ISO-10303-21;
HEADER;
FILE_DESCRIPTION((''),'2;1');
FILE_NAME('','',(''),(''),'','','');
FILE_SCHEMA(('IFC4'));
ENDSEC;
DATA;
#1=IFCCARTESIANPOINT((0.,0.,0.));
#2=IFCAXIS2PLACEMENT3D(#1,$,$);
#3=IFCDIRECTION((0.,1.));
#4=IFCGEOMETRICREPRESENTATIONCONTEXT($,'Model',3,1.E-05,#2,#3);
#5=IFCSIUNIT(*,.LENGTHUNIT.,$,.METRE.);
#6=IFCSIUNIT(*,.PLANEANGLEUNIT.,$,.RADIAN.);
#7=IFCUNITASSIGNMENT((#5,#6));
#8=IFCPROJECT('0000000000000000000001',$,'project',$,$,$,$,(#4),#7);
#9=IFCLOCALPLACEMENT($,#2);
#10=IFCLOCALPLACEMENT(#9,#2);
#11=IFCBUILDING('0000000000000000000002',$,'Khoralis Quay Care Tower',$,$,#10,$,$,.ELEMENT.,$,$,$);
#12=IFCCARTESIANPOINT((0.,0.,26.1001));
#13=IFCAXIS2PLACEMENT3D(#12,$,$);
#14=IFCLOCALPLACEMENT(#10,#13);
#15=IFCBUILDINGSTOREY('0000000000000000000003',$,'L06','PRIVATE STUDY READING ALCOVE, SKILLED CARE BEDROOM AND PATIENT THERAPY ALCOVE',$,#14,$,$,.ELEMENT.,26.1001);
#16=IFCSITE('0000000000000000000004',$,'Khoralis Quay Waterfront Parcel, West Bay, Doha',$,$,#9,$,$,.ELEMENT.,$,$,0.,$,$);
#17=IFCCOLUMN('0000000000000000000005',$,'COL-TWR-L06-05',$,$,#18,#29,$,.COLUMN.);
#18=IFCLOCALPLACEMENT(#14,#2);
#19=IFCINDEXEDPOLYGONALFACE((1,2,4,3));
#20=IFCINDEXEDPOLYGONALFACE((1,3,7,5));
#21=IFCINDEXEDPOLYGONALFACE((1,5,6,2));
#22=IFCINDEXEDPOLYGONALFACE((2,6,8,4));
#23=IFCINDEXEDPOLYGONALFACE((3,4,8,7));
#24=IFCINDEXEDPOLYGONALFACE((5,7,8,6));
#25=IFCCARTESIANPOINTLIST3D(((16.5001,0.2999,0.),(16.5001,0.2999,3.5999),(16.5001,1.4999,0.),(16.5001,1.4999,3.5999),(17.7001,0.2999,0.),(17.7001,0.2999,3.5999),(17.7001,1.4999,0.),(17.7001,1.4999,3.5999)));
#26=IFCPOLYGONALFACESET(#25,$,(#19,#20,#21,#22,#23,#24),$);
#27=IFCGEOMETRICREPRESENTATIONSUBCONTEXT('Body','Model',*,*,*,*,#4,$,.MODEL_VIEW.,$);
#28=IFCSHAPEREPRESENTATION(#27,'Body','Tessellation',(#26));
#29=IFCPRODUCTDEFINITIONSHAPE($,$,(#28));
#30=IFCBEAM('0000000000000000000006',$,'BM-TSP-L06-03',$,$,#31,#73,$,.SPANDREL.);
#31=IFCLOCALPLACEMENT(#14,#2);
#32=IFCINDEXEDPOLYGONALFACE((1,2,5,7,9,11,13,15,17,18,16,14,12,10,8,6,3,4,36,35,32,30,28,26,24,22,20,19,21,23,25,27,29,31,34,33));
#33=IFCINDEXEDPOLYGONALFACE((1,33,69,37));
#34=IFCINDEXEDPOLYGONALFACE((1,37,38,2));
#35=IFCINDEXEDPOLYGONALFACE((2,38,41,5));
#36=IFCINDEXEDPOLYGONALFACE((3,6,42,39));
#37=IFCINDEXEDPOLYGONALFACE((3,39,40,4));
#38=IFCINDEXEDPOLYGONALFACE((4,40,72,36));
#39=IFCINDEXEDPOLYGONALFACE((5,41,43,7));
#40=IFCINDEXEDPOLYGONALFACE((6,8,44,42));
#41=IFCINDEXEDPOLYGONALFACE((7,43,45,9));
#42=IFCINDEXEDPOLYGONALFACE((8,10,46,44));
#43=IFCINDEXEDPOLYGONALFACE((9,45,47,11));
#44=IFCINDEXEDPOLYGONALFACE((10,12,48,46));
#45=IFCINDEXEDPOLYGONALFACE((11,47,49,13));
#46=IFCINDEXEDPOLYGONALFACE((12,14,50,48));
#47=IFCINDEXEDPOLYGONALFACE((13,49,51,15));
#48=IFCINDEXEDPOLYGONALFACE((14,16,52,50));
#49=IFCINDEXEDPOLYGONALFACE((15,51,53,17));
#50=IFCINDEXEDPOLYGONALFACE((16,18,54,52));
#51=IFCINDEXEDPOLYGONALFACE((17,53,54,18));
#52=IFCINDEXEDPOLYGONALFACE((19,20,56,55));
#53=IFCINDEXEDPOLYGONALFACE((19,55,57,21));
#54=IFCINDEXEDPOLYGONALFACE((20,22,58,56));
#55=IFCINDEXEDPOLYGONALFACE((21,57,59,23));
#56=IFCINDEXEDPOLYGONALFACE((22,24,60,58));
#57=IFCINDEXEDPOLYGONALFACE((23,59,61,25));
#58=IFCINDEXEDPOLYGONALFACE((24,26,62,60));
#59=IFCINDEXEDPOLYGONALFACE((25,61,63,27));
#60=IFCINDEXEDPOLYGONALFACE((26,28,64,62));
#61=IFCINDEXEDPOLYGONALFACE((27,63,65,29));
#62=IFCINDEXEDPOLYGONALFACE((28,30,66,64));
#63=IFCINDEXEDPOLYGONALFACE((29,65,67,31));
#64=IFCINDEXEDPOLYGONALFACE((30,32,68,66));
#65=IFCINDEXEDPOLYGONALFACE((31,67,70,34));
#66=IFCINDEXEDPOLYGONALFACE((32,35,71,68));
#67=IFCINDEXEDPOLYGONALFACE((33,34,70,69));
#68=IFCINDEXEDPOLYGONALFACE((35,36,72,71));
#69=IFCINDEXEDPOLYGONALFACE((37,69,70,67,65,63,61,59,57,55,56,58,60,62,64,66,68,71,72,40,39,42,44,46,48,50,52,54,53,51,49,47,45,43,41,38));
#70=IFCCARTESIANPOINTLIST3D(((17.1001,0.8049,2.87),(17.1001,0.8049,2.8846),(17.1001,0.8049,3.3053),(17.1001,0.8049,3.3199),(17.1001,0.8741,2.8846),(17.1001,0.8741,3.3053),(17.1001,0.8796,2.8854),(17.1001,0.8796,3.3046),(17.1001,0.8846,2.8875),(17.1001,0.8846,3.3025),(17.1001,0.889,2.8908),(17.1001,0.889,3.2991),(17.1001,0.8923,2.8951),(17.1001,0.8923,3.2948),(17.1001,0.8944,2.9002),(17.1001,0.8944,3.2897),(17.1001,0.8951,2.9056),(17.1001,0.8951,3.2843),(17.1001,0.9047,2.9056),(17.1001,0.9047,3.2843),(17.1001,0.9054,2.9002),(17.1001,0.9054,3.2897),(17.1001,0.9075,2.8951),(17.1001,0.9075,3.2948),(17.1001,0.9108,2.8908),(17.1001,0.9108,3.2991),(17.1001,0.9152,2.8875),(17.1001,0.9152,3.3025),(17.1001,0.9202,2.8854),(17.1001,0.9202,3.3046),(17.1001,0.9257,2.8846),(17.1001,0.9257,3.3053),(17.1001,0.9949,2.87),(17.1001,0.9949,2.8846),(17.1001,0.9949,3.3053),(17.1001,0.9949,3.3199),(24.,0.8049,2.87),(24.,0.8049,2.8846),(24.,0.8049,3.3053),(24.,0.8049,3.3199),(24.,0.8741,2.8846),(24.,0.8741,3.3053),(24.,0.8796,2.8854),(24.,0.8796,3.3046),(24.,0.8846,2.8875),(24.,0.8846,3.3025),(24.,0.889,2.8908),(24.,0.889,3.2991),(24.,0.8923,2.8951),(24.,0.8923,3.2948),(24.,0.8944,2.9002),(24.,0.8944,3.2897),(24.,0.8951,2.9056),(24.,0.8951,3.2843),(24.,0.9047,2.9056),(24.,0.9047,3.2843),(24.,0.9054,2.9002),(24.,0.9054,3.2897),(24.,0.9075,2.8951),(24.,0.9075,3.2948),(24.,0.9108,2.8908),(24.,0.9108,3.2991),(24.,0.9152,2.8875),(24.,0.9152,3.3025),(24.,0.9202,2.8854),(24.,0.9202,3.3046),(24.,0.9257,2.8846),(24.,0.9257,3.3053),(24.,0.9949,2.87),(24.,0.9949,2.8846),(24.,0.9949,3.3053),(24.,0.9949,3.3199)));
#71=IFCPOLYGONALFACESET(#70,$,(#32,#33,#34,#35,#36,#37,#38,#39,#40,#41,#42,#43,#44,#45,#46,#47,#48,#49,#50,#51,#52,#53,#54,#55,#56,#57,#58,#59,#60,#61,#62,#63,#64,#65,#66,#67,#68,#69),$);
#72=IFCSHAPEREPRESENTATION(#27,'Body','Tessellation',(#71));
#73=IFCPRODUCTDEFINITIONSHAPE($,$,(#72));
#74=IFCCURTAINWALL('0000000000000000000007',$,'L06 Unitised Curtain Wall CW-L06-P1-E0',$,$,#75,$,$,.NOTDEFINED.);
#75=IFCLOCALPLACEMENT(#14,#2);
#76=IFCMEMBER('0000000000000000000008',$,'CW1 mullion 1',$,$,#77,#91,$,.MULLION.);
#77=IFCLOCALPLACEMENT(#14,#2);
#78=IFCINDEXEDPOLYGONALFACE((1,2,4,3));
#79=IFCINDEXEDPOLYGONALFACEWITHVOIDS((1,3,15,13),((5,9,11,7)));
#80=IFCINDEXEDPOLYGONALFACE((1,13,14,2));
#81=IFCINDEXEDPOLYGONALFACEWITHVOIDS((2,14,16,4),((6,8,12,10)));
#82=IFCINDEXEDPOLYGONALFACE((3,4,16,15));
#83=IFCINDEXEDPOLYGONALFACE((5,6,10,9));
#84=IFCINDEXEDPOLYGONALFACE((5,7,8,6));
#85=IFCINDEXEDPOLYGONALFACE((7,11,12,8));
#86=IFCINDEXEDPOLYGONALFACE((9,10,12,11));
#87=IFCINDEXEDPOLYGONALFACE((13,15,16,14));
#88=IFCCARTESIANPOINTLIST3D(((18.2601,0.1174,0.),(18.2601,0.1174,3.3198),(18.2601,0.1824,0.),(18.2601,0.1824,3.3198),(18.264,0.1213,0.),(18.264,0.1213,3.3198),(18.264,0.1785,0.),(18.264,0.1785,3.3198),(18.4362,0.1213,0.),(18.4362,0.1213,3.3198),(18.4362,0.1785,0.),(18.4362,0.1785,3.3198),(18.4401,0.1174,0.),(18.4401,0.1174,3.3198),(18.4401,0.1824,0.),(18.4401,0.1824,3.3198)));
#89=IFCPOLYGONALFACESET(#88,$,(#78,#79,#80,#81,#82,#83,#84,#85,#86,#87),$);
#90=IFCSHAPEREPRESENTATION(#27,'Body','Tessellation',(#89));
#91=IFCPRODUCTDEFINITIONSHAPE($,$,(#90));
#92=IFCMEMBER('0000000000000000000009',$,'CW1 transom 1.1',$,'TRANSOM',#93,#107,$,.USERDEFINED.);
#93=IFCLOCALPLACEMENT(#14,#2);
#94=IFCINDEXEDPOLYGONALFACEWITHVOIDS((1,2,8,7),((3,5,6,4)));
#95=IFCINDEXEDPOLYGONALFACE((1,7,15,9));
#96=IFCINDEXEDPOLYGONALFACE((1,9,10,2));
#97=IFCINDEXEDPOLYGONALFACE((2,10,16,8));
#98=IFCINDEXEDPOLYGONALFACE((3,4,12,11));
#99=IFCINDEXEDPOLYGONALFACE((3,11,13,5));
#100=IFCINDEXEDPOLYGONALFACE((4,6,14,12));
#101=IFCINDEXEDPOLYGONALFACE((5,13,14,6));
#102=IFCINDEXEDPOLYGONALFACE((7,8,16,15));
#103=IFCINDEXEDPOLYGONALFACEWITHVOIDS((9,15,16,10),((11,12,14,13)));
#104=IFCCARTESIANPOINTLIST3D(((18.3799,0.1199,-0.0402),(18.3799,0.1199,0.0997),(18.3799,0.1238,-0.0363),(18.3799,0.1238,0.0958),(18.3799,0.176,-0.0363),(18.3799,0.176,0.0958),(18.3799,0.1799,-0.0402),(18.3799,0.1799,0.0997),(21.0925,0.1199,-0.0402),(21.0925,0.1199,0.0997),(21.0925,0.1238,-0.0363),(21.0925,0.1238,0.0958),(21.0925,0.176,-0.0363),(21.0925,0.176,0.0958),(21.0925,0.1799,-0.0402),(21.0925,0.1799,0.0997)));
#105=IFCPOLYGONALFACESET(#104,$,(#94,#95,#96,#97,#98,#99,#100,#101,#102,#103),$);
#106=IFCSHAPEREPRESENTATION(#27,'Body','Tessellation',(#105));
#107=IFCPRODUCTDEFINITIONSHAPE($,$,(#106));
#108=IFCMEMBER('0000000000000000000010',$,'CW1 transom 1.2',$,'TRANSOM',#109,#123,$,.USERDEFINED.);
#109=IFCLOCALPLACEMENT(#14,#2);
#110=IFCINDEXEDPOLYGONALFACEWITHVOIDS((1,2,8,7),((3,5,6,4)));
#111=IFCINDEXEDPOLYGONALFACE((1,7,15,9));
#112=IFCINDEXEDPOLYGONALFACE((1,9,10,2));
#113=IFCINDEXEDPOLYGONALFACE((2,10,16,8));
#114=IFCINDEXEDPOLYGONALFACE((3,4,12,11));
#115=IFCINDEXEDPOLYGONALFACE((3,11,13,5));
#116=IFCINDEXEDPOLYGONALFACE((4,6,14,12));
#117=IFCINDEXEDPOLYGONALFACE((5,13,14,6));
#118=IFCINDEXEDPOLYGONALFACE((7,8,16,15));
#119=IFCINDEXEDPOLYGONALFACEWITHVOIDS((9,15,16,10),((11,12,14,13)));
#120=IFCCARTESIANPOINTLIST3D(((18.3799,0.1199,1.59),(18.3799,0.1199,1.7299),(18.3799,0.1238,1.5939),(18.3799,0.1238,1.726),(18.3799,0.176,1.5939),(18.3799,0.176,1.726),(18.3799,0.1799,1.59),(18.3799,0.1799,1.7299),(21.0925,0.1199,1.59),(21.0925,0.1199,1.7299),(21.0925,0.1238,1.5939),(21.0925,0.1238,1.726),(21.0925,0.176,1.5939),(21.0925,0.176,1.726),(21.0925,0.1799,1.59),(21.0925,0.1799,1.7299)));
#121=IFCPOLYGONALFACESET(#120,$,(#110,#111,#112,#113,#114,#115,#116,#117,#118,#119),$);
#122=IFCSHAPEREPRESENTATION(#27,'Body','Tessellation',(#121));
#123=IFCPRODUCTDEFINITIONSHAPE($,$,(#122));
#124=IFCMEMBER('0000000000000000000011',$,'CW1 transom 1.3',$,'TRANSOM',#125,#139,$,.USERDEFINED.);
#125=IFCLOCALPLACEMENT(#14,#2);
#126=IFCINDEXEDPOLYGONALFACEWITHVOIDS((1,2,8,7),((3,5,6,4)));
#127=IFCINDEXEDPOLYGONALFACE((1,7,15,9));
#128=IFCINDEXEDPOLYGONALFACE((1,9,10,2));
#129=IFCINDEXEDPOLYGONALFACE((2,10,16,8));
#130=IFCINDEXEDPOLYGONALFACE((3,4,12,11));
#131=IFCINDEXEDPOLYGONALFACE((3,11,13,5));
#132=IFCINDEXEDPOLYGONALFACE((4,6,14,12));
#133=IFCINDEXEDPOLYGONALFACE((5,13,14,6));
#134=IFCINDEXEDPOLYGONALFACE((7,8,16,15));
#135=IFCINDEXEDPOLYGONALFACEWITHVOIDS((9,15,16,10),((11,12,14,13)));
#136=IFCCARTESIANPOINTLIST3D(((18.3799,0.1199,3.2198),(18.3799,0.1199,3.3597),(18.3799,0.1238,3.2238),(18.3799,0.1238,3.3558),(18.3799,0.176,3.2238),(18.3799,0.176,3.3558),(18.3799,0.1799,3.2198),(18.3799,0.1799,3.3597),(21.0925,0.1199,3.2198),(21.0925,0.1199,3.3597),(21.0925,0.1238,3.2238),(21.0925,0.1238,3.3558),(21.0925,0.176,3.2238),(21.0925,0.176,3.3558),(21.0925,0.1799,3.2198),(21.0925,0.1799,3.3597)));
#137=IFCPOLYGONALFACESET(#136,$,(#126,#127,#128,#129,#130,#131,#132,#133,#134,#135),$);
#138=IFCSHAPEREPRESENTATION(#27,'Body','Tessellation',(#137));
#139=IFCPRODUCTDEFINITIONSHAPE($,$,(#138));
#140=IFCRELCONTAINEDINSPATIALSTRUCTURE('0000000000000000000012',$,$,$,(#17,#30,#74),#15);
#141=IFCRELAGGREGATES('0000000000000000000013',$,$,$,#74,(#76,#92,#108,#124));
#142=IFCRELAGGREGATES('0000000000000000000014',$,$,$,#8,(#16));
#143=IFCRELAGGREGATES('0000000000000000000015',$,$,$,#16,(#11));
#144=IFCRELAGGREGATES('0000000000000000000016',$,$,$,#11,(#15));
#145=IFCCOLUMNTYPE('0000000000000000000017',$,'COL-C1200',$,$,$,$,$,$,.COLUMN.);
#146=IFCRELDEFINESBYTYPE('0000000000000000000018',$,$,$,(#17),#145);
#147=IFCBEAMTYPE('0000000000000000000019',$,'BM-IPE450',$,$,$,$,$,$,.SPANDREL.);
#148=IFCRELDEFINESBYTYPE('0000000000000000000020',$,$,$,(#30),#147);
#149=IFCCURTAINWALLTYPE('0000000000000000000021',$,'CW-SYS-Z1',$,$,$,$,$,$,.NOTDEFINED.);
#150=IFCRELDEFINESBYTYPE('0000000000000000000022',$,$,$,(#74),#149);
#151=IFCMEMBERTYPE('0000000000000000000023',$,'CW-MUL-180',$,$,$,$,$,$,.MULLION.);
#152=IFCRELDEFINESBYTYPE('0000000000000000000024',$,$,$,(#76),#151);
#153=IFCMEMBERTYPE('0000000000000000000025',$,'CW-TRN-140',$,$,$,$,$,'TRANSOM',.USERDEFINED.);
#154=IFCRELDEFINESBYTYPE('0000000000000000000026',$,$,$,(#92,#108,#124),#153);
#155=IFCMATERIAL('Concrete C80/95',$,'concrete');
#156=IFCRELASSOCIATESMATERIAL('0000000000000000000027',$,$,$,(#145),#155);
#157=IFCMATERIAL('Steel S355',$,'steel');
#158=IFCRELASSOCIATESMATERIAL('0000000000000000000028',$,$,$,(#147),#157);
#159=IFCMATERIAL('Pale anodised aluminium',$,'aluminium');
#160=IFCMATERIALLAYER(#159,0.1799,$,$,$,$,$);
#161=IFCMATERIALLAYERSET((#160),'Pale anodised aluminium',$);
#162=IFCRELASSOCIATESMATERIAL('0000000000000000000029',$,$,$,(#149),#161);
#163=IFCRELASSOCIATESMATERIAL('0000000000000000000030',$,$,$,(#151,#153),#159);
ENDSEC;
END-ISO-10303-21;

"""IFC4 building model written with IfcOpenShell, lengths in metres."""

from ifc_helpers import new_model, si_unit, direction, frame, origin, origin_2d, place, context, subcontext, project, spatial, rectangle, hollow_rectangle, i_section, extrude, source, transform, mapped, material, layer, layer_set, material_profile, profile_set, type_object, element, aggregate, save


model = new_model("IFC4")

# Units and contexts
model_context = context("Model", 3, precision=1e-05, world=origin(), true_north=direction((0.0, 1.0)))
body_context = subcontext(model_context, "Body", "Model", "MODEL_VIEW")
ifc_project = project(units=[si_unit("LENGTHUNIT", "METRE"), si_unit("PLANEANGLEUNIT", "RADIAN")], contexts=[model_context])

# Site, building, storey
site_placement = place(None, origin())
site = spatial("IfcSite", under=ifc_project, at=site_placement, Name="Khoralis Quay Waterfront Parcel, West Bay, Doha", CompositionType="ELEMENT", RefElevation=0.0)
building_placement = place(site_placement, origin())
building = spatial("IfcBuilding", under=site, at=building_placement, Name="Khoralis Quay Care Tower", CompositionType="ELEMENT")
storey_placement = place(building_placement, frame((0.0, 0.0, 26.1001)))
storey = spatial("IfcBuildingStorey", under=building, at=storey_placement, Name="L06", Description="PRIVATE STUDY READING ALCOVE, SKILLED CARE BEDROOM AND PATIENT THERAPY ALCOVE", CompositionType="ELEMENT", Elevation=26.1001)

# Column
ifc_material_1 = material(Name="Concrete C80/95", Category="concrete")
ifc_material_profile_1 = material_profile(ifc_material_1, rectangle(XDim=1.2, YDim=1.2, at=origin_2d()), Name="Concrete C80/95")
ifc_profile_set_1 = profile_set([ifc_material_profile_1], Name="Concrete C80/95")
column_type = type_object("IfcColumnType", Name="COL-C1200", PredefinedType="COLUMN", material=ifc_profile_set_1)
shared_shape_1 = source(origin(), body_context, "Body", "SweptSolid", [
    extrude(rectangle(XDim=1.2, YDim=1.2, at=origin_2d()), origin(), (0.0, 0.0, 1.0), 3.5999),
])
column_placement = place(storey_placement, frame((17.1001, 0.8999, 0.0), z_axis=(0.0, 0.0, 1.0), x_axis=(1.0, 0.0, 0.0)))
element("IfcColumn", 1, at=column_placement, inside=storey, type_object=column_type, Name="COL-TWR-L06-05", PredefinedType="COLUMN", context=body_context, shape_type="MappedRepresentation", body=[
    mapped(shared_shape_1, transform((0.0, 0.0, 0.0), scale=1.0)),
])

# Beam
ifc_material_2 = material(Name="Steel S355", Category="steel")
ifc_material_profile_2 = material_profile(ifc_material_2, i_section(OverallWidth=0.1899, OverallDepth=0.45, WebThickness=0.0095, FlangeThickness=0.0146, FilletRadius=0.021, at=origin_2d()), Name="Steel S355")
ifc_profile_set_2 = profile_set([ifc_material_profile_2], Name="Steel S355")
beam_type_1 = type_object("IfcBeamType", Name="BM-IPE450", PredefinedType="SPANDREL", material=ifc_profile_set_2)
shared_shape_2 = source(origin(), body_context, "Body", "SweptSolid", [
    extrude(i_section(OverallWidth=0.1899, OverallDepth=0.45, WebThickness=0.0095, FlangeThickness=0.0146, FilletRadius=0.021, at=origin_2d()), origin(), (0.0, 0.0, 1.0), 6.8999),
])
beam_1_placement = place(storey_placement, frame((17.1001, 0.8999, 3.095), z_axis=(1.0, 0.0, 0.0), x_axis=(0.0, 1.0, 0.0)))
element("IfcBeam", 2, at=beam_1_placement, inside=storey, type_object=beam_type_1, Name="BM-TSP-L06-03", PredefinedType="SPANDREL", context=body_context, shape_type="MappedRepresentation", body=[
    mapped(shared_shape_2, transform((0.0, 0.0, 0.0), scale=1.0)),
])

# Curtain wall, members
ifc_material_3 = material(Name="Pale anodised aluminium", Category="aluminium")
ifc_layer_1 = layer(ifc_material_3, 0.1799)
ifc_layer_set_1 = layer_set([ifc_layer_1], Name="Pale anodised aluminium")
curtain_wall_type = type_object("IfcCurtainWallType", Name="CW-SYS-Z1", PredefinedType="NOTDEFINED", material=ifc_layer_set_1)
curtain_wall_placement = place(storey_placement, origin())
curtain_wall = element("IfcCurtainWall", 3, at=curtain_wall_placement, inside=storey, type_object=curtain_wall_type, Name="L06 Unitised Curtain Wall CW-L06-P1-E0", PredefinedType="NOTDEFINED")
ifc_material_profile_3 = material_profile(ifc_material_3, hollow_rectangle(XDim=0.0649, YDim=0.1799, WallThickness=0.0039, at=origin_2d()), Name="Pale anodised aluminium")
ifc_profile_set_3 = profile_set([ifc_material_profile_3], Name="Pale anodised aluminium")
member_type_1 = type_object("IfcMemberType", Name="CW-MUL-180", PredefinedType="MULLION", material=ifc_profile_set_3)
shared_shape_3 = source(origin(), body_context, "Body", "SweptSolid", [
    extrude(hollow_rectangle(XDim=0.0649, YDim=0.1799, WallThickness=0.0039, at=origin_2d()), origin(), (0.0, 0.0, 1.0), 3.3198),
])
member_1_placement = place(storey_placement, frame((18.3501, 0.1499, 0.0), z_axis=(0.0, 0.0, 1.0), x_axis=(0.0, 1.0, 0.0)))
member_1 = element("IfcMember", 4, at=member_1_placement, type_object=member_type_1, Name="CW1 mullion 1", PredefinedType="MULLION", context=body_context, shape_type="MappedRepresentation", body=[
    mapped(shared_shape_3, transform((0.0, 0.0, 0.0), scale=1.0)),
])
ifc_material_profile_4 = material_profile(ifc_material_3, hollow_rectangle(XDim=0.0601, YDim=0.1399, WallThickness=0.0039, at=origin_2d()), Name="Pale anodised aluminium")
ifc_profile_set_4 = profile_set([ifc_material_profile_4], Name="Pale anodised aluminium")
member_type_2 = type_object("IfcMemberType", Name="CW-TRN-140", ElementType="TRANSOM", PredefinedType="USERDEFINED", material=ifc_profile_set_4)
shared_shape_4 = source(origin(), body_context, "Body", "SweptSolid", [
    extrude(hollow_rectangle(XDim=0.0601, YDim=0.1399, WallThickness=0.0039, at=origin_2d()), origin(), (0.0, 0.0, 1.0), 2.7126),
])
member_2_placement = place(storey_placement, frame((18.3799, 0.1499, 0.0298), z_axis=(1.0, 0.0, 0.0), x_axis=(0.0, 1.0, 0.0)))
member_2 = element("IfcMember", 5, at=member_2_placement, type_object=member_type_2, Name="CW1 transom 1.1", ObjectType="TRANSOM", PredefinedType="USERDEFINED", context=body_context, shape_type="MappedRepresentation", body=[
    mapped(shared_shape_4, transform((0.0, 0.0, 0.0), scale=1.0)),
])
member_3_placement = place(storey_placement, frame((18.3799, 0.1499, 1.6599), z_axis=(1.0, 0.0, 0.0), x_axis=(0.0, 1.0, 0.0)))
member_3 = element("IfcMember", 6, at=member_3_placement, type_object=member_type_2, Name="CW1 transom 1.2", ObjectType="TRANSOM", PredefinedType="USERDEFINED", context=body_context, shape_type="MappedRepresentation", body=[
    mapped(shared_shape_4, transform((0.0, 0.0, 0.0), scale=1.0)),
])
member_4_placement = place(storey_placement, frame((18.3799, 0.1499, 3.2898), z_axis=(1.0, 0.0, 0.0), x_axis=(0.0, 1.0, 0.0)))
member_4 = element("IfcMember", 7, at=member_4_placement, type_object=member_type_2, Name="CW1 transom 1.3", ObjectType="TRANSOM", PredefinedType="USERDEFINED", context=body_context, shape_type="MappedRepresentation", body=[
    mapped(shared_shape_4, transform((0.0, 0.0, 0.0), scale=1.0)),
])

aggregate(curtain_wall, [member_1, member_2, member_3, member_4])

save(model, "model.ifc")
